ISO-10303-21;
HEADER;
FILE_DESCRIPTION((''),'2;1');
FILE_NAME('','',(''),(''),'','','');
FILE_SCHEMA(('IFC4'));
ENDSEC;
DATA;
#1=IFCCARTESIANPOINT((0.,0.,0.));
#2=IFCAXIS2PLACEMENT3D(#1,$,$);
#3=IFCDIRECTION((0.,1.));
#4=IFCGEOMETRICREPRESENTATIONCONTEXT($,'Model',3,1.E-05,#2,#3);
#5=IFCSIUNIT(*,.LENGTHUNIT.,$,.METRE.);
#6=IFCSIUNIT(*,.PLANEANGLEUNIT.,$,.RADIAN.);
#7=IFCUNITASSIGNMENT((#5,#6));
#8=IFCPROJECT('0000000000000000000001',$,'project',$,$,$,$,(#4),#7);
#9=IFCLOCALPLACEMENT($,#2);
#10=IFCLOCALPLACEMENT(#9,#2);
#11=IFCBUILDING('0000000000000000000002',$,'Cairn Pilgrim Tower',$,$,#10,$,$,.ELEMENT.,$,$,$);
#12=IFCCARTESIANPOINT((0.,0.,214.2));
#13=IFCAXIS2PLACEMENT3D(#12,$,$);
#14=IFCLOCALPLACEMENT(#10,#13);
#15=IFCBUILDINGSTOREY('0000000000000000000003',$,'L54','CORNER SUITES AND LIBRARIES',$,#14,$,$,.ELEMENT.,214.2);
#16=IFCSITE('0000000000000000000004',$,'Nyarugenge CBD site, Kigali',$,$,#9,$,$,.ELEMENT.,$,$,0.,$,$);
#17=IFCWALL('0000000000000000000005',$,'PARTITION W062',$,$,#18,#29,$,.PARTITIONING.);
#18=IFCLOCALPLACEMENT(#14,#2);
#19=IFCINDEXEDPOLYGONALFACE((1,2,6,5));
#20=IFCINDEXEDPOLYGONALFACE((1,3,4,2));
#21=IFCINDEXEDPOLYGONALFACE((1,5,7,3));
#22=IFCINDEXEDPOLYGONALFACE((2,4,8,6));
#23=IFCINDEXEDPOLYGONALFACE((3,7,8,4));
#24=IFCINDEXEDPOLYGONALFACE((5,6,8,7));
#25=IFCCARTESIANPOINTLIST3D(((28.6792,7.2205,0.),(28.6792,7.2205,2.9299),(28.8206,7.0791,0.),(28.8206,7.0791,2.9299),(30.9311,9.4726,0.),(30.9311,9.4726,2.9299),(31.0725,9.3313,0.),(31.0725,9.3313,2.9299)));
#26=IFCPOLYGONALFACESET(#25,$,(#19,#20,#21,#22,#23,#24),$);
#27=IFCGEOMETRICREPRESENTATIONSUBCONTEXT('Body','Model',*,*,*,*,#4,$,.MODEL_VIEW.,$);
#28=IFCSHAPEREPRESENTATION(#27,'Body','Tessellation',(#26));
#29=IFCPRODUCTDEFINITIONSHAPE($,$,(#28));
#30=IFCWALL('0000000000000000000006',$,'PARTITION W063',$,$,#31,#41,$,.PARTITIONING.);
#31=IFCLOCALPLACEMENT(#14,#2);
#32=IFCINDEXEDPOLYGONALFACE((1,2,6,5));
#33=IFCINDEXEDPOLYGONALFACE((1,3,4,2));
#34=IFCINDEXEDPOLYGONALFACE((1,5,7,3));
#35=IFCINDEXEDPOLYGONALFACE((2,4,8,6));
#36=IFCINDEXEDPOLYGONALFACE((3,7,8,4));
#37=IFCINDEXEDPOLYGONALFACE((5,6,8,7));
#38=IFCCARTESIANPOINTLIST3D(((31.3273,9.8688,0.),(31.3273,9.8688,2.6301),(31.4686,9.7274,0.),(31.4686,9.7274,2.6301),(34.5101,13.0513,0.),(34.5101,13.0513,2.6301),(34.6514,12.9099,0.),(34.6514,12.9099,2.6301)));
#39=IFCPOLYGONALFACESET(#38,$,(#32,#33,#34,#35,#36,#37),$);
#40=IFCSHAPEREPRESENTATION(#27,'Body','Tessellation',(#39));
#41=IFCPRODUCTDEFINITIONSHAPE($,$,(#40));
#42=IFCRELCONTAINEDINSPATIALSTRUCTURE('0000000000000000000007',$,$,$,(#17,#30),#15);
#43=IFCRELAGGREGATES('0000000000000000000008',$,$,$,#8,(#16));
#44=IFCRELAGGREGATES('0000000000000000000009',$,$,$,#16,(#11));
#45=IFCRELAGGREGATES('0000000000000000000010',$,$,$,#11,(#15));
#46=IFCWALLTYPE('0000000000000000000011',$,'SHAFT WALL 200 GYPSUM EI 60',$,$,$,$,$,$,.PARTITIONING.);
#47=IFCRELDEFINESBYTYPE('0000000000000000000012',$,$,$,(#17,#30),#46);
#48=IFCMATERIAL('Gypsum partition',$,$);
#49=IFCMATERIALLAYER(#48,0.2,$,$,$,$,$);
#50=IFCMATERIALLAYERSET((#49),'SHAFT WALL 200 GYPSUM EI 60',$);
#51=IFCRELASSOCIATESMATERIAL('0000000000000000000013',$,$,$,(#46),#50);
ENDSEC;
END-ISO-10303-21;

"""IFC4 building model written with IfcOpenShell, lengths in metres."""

from ifc_helpers import new_model, si_unit, direction, frame, frame_2d, origin, place, context, subcontext, project, spatial, rectangle, extrude, material, layer, layer_set, type_object, element, save


model = new_model("IFC4")

# Units and contexts
model_context = context("Model", 3, precision=1e-05, world=origin(), true_north=direction((0.0, 1.0)))
body_context = subcontext(model_context, "Body", "Model", "MODEL_VIEW")
ifc_project = project(units=[si_unit("LENGTHUNIT", "METRE"), si_unit("PLANEANGLEUNIT", "RADIAN")], contexts=[model_context])

# Site, building, storey
site_placement = place(None, origin())
site = spatial("IfcSite", under=ifc_project, at=site_placement, Name="Nyarugenge CBD site, Kigali", CompositionType="ELEMENT", RefElevation=0.0)
building_placement = place(site_placement, origin())
building = spatial("IfcBuilding", under=site, at=building_placement, Name="Cairn Pilgrim Tower", CompositionType="ELEMENT")
storey_placement = place(building_placement, frame((0.0, 0.0, 214.2)))
storey = spatial("IfcBuildingStorey", under=building, at=storey_placement, Name="L54", Description="CORNER SUITES AND LIBRARIES", CompositionType="ELEMENT", Elevation=214.2)

# Shared definitions
ifc_material_1 = material(Name="Gypsum partition")

# Walls
ifc_layer_1 = layer(ifc_material_1, 0.2)
ifc_layer_set_1 = layer_set([ifc_layer_1], Name="SHAFT WALL 200 GYPSUM EI 60")
wall_type_1 = type_object("IfcWallType", Name="SHAFT WALL 200 GYPSUM EI 60", PredefinedType="PARTITIONING", material=ifc_layer_set_1)
wall_1_placement = place(storey_placement, frame((28.75, 7.1499, 0.0), z_axis=(0.0, 0.0, 1.0), x_axis=(0.707068, 0.707145, 0.0)))
element("IfcWall", 1, at=wall_1_placement, inside=storey, type_object=wall_type_1, Name="PARTITION W062", PredefinedType="PARTITIONING", context=body_context, shape_type="SweptSolid", body=[
    extrude(rectangle(XDim=3.1848, YDim=0.2, at=frame_2d((1.5923, 0.0))), origin(), (0.0, 0.0, 1.0), 2.9299),
])
wall_2_placement = place(storey_placement, frame((31.3979, 9.7981, 0.0), z_axis=(0.0, 0.0, 1.0), x_axis=(0.707134, 0.70708, 0.0)))
element("IfcWall", 2, at=wall_2_placement, inside=storey, type_object=wall_type_1, Name="PARTITION W063", PredefinedType="PARTITIONING", context=body_context, shape_type="SweptSolid", body=[
    extrude(rectangle(XDim=4.501, YDim=0.2, at=frame_2d((2.2505, 0.0))), origin(), (0.0, 0.0, 1.0), 2.6301),
])

save(model, "model.ifc")
